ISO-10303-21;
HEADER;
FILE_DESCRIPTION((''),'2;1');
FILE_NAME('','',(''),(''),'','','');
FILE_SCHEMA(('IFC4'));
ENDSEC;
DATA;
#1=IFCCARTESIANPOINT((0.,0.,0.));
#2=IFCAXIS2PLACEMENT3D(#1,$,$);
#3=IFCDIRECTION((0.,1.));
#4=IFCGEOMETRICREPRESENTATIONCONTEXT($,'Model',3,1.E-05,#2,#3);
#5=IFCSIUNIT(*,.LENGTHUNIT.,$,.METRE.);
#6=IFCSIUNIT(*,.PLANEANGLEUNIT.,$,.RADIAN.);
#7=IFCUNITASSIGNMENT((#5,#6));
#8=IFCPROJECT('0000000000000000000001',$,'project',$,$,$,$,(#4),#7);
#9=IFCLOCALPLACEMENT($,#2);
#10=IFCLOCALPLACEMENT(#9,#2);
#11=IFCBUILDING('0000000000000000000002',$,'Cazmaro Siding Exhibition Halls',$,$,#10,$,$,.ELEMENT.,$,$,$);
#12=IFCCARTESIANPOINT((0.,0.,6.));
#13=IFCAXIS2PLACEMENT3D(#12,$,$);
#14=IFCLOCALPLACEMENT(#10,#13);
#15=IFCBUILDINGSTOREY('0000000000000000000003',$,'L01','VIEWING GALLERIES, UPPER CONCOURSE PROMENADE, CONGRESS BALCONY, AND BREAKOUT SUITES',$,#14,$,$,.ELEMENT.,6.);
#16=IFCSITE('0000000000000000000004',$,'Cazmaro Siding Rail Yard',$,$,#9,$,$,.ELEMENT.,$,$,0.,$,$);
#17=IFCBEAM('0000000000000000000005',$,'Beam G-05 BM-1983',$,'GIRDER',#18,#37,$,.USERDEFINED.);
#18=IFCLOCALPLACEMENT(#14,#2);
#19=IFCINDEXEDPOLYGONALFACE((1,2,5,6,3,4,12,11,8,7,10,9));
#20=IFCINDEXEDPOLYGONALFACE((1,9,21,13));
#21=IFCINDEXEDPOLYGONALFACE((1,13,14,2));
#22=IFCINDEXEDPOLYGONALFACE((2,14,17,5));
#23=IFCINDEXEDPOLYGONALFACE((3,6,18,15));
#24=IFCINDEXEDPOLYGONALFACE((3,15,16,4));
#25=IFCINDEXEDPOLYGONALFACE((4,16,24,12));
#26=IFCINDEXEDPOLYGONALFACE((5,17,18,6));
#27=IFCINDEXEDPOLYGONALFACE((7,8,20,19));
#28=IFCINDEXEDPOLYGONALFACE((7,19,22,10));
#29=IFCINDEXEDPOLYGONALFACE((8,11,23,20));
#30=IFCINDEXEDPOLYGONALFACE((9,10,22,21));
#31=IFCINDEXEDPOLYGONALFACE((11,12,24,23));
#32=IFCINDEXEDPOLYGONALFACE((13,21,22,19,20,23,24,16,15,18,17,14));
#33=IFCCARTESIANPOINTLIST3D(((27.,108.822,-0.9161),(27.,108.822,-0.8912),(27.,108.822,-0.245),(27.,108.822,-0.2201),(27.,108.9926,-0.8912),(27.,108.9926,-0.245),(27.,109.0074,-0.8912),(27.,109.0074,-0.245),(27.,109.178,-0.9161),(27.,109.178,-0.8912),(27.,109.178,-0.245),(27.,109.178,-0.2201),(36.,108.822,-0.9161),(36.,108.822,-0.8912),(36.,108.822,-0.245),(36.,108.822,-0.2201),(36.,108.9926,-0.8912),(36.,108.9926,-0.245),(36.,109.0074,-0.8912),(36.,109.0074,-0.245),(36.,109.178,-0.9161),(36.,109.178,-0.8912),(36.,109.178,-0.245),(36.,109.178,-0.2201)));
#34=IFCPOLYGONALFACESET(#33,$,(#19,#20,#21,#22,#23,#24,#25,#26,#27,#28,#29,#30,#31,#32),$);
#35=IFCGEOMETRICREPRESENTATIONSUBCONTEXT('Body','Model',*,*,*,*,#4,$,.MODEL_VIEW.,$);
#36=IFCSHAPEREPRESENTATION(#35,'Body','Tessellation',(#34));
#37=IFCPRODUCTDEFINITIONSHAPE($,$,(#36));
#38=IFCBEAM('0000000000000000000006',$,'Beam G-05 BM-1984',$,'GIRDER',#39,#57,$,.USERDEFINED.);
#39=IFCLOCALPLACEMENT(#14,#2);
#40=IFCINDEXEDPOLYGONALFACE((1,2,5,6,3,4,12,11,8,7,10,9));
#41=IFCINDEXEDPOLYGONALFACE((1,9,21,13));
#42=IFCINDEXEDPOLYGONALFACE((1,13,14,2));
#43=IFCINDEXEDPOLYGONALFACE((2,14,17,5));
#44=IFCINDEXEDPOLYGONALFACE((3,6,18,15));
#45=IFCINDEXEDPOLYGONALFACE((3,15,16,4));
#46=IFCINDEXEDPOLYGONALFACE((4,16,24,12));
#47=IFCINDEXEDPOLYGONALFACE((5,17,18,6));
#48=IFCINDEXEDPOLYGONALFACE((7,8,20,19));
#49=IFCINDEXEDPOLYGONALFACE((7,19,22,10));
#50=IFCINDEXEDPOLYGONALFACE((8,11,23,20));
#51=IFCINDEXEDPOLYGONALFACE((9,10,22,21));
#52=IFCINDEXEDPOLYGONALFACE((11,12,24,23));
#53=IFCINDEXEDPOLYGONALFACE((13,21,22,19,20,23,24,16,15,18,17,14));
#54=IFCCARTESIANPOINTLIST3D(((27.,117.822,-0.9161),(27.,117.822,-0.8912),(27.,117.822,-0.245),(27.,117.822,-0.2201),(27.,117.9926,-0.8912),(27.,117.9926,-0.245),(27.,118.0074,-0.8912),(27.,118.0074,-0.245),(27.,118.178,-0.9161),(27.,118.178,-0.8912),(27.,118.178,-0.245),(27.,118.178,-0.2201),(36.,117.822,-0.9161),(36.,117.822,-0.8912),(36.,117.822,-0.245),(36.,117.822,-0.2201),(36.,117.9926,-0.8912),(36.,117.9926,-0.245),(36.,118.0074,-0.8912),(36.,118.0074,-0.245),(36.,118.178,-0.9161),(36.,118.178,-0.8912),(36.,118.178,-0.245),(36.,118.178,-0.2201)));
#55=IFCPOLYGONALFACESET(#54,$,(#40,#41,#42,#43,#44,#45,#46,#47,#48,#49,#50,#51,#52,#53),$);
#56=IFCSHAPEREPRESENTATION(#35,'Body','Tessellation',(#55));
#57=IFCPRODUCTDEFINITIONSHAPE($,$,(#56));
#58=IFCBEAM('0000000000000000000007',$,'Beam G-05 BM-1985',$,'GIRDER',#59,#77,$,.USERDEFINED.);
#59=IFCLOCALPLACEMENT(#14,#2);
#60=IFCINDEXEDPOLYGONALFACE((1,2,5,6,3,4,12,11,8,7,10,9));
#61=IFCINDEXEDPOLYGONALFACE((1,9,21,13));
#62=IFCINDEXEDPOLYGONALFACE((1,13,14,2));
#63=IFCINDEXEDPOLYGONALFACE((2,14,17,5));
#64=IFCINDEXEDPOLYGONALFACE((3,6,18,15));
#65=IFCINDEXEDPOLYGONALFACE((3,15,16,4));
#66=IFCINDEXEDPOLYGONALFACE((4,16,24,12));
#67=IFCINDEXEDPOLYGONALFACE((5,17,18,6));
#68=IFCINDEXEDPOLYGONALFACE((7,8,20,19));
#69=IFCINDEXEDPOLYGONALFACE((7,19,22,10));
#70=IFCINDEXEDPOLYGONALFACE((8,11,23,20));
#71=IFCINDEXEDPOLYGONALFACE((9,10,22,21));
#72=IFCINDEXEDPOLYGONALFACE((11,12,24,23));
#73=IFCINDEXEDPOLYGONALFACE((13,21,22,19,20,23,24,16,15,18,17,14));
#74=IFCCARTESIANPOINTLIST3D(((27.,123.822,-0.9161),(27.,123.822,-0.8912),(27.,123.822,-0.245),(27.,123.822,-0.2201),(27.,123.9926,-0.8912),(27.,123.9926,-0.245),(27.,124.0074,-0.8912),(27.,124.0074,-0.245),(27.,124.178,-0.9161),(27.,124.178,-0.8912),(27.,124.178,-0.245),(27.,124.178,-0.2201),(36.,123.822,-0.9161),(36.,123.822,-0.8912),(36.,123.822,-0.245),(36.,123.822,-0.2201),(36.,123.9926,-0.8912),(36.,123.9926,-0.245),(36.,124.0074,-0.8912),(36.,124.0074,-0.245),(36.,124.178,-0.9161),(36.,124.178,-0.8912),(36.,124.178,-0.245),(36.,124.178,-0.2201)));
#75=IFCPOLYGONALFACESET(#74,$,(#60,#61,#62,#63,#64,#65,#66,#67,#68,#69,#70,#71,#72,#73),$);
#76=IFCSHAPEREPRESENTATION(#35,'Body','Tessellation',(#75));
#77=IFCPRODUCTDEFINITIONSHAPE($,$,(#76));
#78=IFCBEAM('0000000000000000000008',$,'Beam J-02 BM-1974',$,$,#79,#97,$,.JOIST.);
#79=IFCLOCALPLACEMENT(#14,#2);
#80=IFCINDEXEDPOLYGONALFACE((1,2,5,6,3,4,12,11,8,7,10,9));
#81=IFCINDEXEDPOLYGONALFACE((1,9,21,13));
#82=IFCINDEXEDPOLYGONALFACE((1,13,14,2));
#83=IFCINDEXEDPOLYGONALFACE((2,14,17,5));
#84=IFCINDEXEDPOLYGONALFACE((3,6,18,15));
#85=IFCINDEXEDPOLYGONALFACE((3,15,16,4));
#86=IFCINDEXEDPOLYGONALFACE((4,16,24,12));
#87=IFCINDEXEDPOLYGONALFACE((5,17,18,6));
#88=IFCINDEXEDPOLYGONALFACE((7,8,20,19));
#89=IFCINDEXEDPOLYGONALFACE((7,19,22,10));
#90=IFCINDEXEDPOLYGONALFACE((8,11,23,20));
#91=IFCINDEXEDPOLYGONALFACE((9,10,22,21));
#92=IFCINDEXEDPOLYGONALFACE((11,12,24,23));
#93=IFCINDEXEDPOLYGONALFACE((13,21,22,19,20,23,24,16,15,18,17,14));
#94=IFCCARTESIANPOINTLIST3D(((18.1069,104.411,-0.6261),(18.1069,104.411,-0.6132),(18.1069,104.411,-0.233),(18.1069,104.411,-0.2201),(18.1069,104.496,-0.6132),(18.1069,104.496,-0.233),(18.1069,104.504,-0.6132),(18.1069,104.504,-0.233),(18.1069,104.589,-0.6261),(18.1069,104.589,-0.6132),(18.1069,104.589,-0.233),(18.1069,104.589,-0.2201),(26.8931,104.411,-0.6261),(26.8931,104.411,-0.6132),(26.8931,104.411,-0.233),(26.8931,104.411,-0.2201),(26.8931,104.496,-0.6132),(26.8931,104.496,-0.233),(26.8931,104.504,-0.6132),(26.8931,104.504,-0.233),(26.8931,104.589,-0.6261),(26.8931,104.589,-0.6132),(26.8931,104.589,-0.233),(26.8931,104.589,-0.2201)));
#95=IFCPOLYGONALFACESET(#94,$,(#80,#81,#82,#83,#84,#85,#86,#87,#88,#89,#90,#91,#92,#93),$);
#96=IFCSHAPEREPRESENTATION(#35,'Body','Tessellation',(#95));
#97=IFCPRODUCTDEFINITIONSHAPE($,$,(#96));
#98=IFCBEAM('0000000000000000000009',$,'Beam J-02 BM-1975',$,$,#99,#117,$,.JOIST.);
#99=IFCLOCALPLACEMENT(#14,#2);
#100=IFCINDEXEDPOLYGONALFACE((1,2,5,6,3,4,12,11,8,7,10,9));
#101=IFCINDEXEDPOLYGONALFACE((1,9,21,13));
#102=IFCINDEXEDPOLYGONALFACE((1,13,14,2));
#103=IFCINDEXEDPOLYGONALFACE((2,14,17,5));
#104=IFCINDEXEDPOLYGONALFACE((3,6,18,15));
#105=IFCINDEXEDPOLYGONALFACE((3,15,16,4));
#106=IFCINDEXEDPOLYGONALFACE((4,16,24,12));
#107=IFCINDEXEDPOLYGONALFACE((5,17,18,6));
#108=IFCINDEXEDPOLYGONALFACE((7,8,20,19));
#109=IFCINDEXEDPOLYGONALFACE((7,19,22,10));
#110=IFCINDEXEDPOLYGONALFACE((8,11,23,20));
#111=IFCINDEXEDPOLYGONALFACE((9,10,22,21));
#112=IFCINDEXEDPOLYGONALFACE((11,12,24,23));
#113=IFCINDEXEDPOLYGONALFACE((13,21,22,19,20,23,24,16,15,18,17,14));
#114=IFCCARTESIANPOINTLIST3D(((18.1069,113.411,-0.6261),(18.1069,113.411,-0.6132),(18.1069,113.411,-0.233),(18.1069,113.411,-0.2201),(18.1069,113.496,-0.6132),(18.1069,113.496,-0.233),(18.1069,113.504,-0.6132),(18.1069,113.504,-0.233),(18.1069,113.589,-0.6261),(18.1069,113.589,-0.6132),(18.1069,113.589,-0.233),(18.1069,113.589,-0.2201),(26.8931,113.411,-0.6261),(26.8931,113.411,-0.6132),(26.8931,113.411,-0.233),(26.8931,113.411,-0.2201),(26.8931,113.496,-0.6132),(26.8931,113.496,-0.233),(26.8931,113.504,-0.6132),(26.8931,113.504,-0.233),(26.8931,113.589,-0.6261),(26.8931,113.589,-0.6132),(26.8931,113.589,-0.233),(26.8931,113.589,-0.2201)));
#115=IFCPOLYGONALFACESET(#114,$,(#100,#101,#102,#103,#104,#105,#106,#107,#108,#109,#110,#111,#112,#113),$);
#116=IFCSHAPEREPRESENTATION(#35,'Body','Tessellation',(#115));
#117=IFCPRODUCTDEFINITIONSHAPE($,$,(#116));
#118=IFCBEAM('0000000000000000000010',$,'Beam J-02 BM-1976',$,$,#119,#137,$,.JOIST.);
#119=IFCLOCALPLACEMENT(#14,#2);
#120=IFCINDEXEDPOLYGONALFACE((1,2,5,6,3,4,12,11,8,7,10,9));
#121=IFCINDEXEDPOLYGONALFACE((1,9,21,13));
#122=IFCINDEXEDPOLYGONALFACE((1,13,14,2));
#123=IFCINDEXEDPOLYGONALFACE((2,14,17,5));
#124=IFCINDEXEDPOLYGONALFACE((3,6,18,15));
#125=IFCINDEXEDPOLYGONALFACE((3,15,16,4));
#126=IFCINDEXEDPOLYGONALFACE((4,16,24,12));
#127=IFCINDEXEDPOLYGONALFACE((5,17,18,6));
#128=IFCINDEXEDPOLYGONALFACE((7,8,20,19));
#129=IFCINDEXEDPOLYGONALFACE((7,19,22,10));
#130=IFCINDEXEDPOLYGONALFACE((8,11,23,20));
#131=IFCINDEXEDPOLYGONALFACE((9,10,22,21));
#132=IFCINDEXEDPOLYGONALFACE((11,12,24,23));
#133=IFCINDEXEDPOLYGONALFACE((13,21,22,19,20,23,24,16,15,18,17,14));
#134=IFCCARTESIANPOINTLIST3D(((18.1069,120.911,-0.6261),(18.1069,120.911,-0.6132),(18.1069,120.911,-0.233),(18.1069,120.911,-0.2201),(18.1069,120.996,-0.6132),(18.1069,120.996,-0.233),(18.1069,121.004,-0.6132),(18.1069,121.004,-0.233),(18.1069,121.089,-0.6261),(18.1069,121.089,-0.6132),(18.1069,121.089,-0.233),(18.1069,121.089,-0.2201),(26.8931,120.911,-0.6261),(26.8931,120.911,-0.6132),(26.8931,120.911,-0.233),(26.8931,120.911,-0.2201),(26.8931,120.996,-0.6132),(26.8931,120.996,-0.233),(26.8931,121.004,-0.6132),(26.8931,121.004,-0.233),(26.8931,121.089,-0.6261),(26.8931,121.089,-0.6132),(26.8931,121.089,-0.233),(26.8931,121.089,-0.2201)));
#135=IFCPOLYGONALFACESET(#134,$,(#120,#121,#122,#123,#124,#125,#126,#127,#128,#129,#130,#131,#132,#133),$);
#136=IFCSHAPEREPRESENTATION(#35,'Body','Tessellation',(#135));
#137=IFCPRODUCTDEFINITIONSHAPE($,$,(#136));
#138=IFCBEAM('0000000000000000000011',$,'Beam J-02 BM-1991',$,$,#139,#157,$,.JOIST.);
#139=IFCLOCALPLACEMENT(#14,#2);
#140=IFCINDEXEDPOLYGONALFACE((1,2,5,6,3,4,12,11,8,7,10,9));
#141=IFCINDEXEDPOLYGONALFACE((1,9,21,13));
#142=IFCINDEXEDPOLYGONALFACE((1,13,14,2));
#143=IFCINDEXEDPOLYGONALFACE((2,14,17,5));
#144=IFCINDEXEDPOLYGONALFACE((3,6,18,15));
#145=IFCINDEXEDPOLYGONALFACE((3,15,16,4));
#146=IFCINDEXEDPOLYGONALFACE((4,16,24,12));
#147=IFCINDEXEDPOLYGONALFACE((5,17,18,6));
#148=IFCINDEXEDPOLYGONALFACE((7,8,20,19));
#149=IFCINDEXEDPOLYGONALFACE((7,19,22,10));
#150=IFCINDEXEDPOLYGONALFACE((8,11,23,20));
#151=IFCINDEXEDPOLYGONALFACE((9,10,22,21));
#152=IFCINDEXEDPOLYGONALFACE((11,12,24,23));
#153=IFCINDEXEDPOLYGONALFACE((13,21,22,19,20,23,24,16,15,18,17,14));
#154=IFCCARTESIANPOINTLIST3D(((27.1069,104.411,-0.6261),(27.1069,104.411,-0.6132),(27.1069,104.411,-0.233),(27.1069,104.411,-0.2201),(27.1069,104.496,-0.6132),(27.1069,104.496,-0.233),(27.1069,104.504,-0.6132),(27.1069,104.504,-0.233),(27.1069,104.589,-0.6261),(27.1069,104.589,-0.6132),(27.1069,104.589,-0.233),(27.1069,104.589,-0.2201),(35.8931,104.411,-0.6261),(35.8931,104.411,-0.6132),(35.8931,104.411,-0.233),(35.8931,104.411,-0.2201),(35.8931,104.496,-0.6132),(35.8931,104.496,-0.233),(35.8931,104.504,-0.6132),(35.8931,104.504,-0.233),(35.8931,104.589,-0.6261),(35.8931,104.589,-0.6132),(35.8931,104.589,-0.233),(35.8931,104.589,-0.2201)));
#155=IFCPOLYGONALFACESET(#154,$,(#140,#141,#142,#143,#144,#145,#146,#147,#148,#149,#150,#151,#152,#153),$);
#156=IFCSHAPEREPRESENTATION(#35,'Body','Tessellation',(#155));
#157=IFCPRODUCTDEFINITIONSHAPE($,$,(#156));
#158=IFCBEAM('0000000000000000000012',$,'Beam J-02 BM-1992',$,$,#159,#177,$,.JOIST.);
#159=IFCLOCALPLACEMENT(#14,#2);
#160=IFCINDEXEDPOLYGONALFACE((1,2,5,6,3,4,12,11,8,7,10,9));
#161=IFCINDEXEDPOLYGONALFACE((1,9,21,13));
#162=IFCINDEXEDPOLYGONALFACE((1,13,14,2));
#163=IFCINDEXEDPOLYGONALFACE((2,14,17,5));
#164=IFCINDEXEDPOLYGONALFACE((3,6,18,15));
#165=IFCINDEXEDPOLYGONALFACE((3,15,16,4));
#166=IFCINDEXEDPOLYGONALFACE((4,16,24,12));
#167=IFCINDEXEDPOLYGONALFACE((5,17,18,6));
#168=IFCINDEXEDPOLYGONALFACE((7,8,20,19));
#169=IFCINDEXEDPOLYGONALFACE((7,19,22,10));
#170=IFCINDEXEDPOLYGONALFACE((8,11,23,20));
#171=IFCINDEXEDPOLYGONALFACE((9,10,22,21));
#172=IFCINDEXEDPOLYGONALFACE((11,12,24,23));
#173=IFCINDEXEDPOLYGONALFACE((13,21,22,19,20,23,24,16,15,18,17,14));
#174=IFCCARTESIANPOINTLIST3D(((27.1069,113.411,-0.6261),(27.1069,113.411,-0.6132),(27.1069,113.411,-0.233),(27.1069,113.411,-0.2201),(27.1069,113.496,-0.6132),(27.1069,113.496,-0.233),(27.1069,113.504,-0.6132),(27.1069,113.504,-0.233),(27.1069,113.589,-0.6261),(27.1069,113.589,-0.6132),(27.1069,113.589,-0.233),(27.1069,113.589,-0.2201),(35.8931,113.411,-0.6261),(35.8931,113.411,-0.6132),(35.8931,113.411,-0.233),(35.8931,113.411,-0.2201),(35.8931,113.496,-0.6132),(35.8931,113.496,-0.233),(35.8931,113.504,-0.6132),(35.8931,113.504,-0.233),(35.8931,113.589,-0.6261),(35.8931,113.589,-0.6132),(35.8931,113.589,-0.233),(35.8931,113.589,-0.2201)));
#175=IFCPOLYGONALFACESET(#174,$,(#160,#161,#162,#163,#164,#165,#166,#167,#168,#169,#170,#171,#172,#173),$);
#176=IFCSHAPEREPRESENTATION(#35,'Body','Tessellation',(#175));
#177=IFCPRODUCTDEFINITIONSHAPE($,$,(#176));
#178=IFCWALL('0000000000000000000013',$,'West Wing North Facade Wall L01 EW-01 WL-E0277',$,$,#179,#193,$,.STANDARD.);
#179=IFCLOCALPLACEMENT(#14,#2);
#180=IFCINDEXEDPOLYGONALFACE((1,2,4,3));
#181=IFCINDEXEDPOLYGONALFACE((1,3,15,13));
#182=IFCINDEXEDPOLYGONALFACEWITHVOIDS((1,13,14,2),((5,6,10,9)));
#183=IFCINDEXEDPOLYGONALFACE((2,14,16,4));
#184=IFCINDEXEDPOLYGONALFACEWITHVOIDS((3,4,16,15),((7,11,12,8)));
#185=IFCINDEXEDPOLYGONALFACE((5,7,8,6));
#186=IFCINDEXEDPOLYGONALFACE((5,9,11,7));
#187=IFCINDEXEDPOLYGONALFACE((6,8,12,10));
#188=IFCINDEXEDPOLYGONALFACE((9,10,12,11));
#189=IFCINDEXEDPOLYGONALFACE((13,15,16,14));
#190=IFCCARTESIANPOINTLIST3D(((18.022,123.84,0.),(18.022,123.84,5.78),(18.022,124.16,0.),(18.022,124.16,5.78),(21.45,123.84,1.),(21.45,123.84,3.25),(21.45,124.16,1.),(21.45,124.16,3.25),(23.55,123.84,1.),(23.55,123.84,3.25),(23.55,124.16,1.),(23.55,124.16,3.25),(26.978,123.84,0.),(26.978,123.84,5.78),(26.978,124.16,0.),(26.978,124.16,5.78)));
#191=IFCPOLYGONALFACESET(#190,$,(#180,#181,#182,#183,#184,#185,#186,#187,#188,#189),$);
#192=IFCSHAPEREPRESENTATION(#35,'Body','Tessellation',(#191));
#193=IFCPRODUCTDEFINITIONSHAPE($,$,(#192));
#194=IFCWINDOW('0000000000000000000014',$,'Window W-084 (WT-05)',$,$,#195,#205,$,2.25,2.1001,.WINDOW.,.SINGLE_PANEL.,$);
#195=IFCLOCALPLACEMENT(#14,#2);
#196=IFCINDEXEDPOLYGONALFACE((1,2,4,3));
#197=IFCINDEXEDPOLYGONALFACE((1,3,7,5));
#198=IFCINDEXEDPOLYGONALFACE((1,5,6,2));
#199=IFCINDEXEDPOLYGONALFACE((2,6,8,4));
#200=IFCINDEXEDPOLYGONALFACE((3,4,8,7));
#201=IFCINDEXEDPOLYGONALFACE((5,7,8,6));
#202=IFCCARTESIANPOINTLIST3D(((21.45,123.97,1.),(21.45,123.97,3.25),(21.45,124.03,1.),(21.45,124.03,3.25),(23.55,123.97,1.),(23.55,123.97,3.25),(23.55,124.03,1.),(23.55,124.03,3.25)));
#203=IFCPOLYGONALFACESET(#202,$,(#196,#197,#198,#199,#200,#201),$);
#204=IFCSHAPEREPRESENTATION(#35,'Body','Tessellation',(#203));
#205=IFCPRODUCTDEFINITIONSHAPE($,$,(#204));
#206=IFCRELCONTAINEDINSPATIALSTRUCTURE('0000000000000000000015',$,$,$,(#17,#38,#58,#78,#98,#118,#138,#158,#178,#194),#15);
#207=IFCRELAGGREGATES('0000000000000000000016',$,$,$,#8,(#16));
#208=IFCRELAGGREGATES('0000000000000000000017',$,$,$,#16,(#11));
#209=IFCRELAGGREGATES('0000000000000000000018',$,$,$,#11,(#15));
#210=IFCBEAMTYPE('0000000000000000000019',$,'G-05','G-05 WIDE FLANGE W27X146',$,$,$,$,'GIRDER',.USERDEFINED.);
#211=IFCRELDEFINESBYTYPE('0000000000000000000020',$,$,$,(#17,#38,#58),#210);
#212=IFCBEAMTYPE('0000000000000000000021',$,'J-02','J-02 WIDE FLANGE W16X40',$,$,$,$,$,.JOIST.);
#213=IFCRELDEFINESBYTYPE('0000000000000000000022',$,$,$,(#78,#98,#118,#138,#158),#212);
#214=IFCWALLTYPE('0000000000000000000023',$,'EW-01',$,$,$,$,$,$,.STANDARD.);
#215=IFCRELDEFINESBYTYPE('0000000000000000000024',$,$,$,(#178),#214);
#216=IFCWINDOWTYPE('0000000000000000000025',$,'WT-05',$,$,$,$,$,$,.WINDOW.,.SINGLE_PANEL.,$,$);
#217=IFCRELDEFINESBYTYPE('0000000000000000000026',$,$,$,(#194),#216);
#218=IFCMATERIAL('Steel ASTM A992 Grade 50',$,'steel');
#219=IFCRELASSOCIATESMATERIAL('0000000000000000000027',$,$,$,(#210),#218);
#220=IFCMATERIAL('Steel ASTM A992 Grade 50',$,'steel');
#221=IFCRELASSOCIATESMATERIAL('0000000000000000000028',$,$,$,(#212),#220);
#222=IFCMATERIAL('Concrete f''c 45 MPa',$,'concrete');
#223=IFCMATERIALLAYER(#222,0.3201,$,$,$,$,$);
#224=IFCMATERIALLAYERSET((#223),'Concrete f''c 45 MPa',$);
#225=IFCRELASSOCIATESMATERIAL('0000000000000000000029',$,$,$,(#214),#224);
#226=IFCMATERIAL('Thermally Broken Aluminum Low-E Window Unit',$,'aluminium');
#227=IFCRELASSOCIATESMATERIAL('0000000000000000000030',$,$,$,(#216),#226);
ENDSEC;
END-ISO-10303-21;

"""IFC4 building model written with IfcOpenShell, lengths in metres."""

from ifc_helpers import new_model, si_unit, direction, frame, frame_2d, origin, origin_2d, place, context, subcontext, project, spatial, rectangle, i_section, extrude, material, layer, layer_set, material_profile, profile_set, type_object, element, fill, save


model = new_model("IFC4")

# Units and contexts
model_context = context("Model", 3, precision=1e-05, world=origin(), true_north=direction((0.0, 1.0)))
body_context = subcontext(model_context, "Body", "Model", "MODEL_VIEW")
ifc_project = project(units=[si_unit("LENGTHUNIT", "METRE"), si_unit("PLANEANGLEUNIT", "RADIAN")], contexts=[model_context])

# Site, building, storey
site_placement = place(None, origin())
site = spatial("IfcSite", under=ifc_project, at=site_placement, Name="Cazmaro Siding Rail Yard", CompositionType="ELEMENT", RefElevation=0.0)
building_placement = place(site_placement, origin())
building = spatial("IfcBuilding", under=site, at=building_placement, Name="Cazmaro Siding Exhibition Halls", CompositionType="ELEMENT")
storey_placement = place(building_placement, frame((0.0, 0.0, 6.0)))
storey = spatial("IfcBuildingStorey", under=building, at=storey_placement, Name="L01", Description="VIEWING GALLERIES, UPPER CONCOURSE PROMENADE, CONGRESS BALCONY, AND BREAKOUT SUITES", CompositionType="ELEMENT", Elevation=6.0)

# Beams
ifc_material_1 = material(Name="Steel ASTM A992 Grade 50", Category="steel")
ifc_material_profile_1 = material_profile(ifc_material_1, i_section(OverallWidth=0.356, OverallDepth=0.696, WebThickness=0.0149, FlangeThickness=0.0249, at=origin_2d()), Name="W27X146")
ifc_profile_set_1 = profile_set([ifc_material_profile_1], Name="Steel ASTM A992 Grade 50")
beam_type_1 = type_object("IfcBeamType", Name="G-05", Description="G-05 WIDE FLANGE W27X146", ElementType="GIRDER", PredefinedType="USERDEFINED", material=ifc_profile_set_1)
for number, where, z_axis, x_axis, name in (
    (1, (27.0, 109.0, -0.5681), (1.0, 0.0, 0.0), (0.0, 1.0, 0.0), "Beam G-05 BM-1983"),
    (2, (27.0, 118.0, -0.5681), (1.0, 0.0, 0.0), (0.0, 1.0, 0.0), "Beam G-05 BM-1984"),
    (3, (27.0, 124.0, -0.5681), (1.0, 0.0, 0.0), (0.0, 1.0, 0.0), "Beam G-05 BM-1985"),
):
    element("IfcBeam", number, at=place(storey_placement, frame(where, z_axis=z_axis, x_axis=x_axis)), inside=storey, type_object=beam_type_1, Name=name, ObjectType="GIRDER", PredefinedType="USERDEFINED", context=body_context, shape_type="SweptSolid", body=[
        extrude(i_section(OverallWidth=0.356, OverallDepth=0.696, WebThickness=0.0149, FlangeThickness=0.0249, at=origin_2d()), origin(), (0.0, 0.0, 1.0), 9.0),
    ])
ifc_material_2 = material(Name="Steel ASTM A992 Grade 50", Category="steel")
ifc_material_profile_2 = material_profile(ifc_material_2, i_section(OverallWidth=0.178, OverallDepth=0.406, WebThickness=0.0081, FlangeThickness=0.0129, at=origin_2d()), Name="W16X40")
ifc_profile_set_2 = profile_set([ifc_material_profile_2], Name="Steel ASTM A992 Grade 50")
beam_type_2 = type_object("IfcBeamType", Name="J-02", Description="J-02 WIDE FLANGE W16X40", PredefinedType="JOIST", material=ifc_profile_set_2)
for number, where, z_axis, x_axis, name in (
    (4, (18.1069, 104.5, -0.4231), (1.0, 0.0, 0.0), (0.0, 1.0, 0.0), "Beam J-02 BM-1974"),
    (5, (18.1069, 113.5, -0.4231), (1.0, 0.0, 0.0), (0.0, 1.0, 0.0), "Beam J-02 BM-1975"),
    (6, (18.1069, 121.0, -0.4231), (1.0, 0.0, 0.0), (0.0, 1.0, 0.0), "Beam J-02 BM-1976"),
    (7, (27.1069, 104.5, -0.4231), (1.0, 0.0, 0.0), (0.0, 1.0, 0.0), "Beam J-02 BM-1991"),
    (8, (27.1069, 113.5, -0.4231), (1.0, 0.0, 0.0), (0.0, 1.0, 0.0), "Beam J-02 BM-1992"),
):
    element("IfcBeam", number, at=place(storey_placement, frame(where, z_axis=z_axis, x_axis=x_axis)), inside=storey, type_object=beam_type_2, Name=name, PredefinedType="JOIST", context=body_context, shape_type="SweptSolid", body=[
        extrude(i_section(OverallWidth=0.178, OverallDepth=0.406, WebThickness=0.0081, FlangeThickness=0.0129, at=origin_2d()), origin(), (0.0, 0.0, 1.0), 8.7861),
    ])

# Wall, opening, window
ifc_material_3 = material(Name="Concrete f'c 45 MPa", Category="concrete")
ifc_layer_1 = layer(ifc_material_3, 0.3201)
ifc_layer_set_1 = layer_set([ifc_layer_1], Name="Concrete f'c 45 MPa")
wall_type_1 = type_object("IfcWallType", Name="EW-01", PredefinedType="STANDARD", material=ifc_layer_set_1)
wall_1_placement = place(storey_placement, frame((18.022, 124.0, 0.0), z_axis=(0.0, 0.0, 1.0), x_axis=(1.0, 0.0, 0.0)))
wall_1 = element("IfcWall", 9, at=wall_1_placement, inside=storey, type_object=wall_type_1, Name="West Wing North Facade Wall L01 EW-01 WL-E0277", PredefinedType="STANDARD", context=body_context, shape_type="SweptSolid", body=[
    extrude(rectangle(XDim=8.9561, YDim=0.3201, at=frame_2d((4.478, 0.0))), origin(), (0.0, 0.0, 1.0), 5.78),
])
opening_1_placement = place(wall_1_placement, frame((3.428, 0.0, 1.0)))
opening_1 = element("IfcOpeningElement", 10, at=opening_1_placement, cuts=wall_1, PredefinedType="OPENING", context=body_context, shape_type="SweptSolid", body=[
    extrude(rectangle(XDim=2.1001, YDim=2.25, at=frame_2d((1.05, 1.125))), frame((0.0, 0.1699, 0.0), z_axis=(0.0, -1.0, 0.0), x_axis=(1.0, 0.0, 0.0)), (0.0, 0.0, 1.0), 0.3401),
])
ifc_material_4 = material(Name="Thermally Broken Aluminum Low-E Window Unit", Category="aluminium")
window_type = type_object("IfcWindowType", Name="WT-05", PartitioningType="SINGLE_PANEL", PredefinedType="WINDOW", material=ifc_material_4)
window_1_placement = place(opening_1_placement, origin())
window_1 = element("IfcWindow", 11, at=window_1_placement, inside=storey, type_object=window_type, Name="Window W-084 (WT-05)", OverallHeight=2.25, OverallWidth=2.1001, PartitioningType="SINGLE_PANEL", PredefinedType="WINDOW", context=body_context, shape_type="SweptSolid", body=[
    extrude(rectangle(XDim=2.1001, YDim=2.25, at=frame_2d((1.05, 1.125))), frame((0.0, 0.03, 0.0), z_axis=(0.0, -1.0, 0.0), x_axis=(1.0, 0.0, 0.0)), (0.0, 0.0, 1.0), 0.0601),
])
fill(opening_1, window_1)

save(model, "model.ifc")
